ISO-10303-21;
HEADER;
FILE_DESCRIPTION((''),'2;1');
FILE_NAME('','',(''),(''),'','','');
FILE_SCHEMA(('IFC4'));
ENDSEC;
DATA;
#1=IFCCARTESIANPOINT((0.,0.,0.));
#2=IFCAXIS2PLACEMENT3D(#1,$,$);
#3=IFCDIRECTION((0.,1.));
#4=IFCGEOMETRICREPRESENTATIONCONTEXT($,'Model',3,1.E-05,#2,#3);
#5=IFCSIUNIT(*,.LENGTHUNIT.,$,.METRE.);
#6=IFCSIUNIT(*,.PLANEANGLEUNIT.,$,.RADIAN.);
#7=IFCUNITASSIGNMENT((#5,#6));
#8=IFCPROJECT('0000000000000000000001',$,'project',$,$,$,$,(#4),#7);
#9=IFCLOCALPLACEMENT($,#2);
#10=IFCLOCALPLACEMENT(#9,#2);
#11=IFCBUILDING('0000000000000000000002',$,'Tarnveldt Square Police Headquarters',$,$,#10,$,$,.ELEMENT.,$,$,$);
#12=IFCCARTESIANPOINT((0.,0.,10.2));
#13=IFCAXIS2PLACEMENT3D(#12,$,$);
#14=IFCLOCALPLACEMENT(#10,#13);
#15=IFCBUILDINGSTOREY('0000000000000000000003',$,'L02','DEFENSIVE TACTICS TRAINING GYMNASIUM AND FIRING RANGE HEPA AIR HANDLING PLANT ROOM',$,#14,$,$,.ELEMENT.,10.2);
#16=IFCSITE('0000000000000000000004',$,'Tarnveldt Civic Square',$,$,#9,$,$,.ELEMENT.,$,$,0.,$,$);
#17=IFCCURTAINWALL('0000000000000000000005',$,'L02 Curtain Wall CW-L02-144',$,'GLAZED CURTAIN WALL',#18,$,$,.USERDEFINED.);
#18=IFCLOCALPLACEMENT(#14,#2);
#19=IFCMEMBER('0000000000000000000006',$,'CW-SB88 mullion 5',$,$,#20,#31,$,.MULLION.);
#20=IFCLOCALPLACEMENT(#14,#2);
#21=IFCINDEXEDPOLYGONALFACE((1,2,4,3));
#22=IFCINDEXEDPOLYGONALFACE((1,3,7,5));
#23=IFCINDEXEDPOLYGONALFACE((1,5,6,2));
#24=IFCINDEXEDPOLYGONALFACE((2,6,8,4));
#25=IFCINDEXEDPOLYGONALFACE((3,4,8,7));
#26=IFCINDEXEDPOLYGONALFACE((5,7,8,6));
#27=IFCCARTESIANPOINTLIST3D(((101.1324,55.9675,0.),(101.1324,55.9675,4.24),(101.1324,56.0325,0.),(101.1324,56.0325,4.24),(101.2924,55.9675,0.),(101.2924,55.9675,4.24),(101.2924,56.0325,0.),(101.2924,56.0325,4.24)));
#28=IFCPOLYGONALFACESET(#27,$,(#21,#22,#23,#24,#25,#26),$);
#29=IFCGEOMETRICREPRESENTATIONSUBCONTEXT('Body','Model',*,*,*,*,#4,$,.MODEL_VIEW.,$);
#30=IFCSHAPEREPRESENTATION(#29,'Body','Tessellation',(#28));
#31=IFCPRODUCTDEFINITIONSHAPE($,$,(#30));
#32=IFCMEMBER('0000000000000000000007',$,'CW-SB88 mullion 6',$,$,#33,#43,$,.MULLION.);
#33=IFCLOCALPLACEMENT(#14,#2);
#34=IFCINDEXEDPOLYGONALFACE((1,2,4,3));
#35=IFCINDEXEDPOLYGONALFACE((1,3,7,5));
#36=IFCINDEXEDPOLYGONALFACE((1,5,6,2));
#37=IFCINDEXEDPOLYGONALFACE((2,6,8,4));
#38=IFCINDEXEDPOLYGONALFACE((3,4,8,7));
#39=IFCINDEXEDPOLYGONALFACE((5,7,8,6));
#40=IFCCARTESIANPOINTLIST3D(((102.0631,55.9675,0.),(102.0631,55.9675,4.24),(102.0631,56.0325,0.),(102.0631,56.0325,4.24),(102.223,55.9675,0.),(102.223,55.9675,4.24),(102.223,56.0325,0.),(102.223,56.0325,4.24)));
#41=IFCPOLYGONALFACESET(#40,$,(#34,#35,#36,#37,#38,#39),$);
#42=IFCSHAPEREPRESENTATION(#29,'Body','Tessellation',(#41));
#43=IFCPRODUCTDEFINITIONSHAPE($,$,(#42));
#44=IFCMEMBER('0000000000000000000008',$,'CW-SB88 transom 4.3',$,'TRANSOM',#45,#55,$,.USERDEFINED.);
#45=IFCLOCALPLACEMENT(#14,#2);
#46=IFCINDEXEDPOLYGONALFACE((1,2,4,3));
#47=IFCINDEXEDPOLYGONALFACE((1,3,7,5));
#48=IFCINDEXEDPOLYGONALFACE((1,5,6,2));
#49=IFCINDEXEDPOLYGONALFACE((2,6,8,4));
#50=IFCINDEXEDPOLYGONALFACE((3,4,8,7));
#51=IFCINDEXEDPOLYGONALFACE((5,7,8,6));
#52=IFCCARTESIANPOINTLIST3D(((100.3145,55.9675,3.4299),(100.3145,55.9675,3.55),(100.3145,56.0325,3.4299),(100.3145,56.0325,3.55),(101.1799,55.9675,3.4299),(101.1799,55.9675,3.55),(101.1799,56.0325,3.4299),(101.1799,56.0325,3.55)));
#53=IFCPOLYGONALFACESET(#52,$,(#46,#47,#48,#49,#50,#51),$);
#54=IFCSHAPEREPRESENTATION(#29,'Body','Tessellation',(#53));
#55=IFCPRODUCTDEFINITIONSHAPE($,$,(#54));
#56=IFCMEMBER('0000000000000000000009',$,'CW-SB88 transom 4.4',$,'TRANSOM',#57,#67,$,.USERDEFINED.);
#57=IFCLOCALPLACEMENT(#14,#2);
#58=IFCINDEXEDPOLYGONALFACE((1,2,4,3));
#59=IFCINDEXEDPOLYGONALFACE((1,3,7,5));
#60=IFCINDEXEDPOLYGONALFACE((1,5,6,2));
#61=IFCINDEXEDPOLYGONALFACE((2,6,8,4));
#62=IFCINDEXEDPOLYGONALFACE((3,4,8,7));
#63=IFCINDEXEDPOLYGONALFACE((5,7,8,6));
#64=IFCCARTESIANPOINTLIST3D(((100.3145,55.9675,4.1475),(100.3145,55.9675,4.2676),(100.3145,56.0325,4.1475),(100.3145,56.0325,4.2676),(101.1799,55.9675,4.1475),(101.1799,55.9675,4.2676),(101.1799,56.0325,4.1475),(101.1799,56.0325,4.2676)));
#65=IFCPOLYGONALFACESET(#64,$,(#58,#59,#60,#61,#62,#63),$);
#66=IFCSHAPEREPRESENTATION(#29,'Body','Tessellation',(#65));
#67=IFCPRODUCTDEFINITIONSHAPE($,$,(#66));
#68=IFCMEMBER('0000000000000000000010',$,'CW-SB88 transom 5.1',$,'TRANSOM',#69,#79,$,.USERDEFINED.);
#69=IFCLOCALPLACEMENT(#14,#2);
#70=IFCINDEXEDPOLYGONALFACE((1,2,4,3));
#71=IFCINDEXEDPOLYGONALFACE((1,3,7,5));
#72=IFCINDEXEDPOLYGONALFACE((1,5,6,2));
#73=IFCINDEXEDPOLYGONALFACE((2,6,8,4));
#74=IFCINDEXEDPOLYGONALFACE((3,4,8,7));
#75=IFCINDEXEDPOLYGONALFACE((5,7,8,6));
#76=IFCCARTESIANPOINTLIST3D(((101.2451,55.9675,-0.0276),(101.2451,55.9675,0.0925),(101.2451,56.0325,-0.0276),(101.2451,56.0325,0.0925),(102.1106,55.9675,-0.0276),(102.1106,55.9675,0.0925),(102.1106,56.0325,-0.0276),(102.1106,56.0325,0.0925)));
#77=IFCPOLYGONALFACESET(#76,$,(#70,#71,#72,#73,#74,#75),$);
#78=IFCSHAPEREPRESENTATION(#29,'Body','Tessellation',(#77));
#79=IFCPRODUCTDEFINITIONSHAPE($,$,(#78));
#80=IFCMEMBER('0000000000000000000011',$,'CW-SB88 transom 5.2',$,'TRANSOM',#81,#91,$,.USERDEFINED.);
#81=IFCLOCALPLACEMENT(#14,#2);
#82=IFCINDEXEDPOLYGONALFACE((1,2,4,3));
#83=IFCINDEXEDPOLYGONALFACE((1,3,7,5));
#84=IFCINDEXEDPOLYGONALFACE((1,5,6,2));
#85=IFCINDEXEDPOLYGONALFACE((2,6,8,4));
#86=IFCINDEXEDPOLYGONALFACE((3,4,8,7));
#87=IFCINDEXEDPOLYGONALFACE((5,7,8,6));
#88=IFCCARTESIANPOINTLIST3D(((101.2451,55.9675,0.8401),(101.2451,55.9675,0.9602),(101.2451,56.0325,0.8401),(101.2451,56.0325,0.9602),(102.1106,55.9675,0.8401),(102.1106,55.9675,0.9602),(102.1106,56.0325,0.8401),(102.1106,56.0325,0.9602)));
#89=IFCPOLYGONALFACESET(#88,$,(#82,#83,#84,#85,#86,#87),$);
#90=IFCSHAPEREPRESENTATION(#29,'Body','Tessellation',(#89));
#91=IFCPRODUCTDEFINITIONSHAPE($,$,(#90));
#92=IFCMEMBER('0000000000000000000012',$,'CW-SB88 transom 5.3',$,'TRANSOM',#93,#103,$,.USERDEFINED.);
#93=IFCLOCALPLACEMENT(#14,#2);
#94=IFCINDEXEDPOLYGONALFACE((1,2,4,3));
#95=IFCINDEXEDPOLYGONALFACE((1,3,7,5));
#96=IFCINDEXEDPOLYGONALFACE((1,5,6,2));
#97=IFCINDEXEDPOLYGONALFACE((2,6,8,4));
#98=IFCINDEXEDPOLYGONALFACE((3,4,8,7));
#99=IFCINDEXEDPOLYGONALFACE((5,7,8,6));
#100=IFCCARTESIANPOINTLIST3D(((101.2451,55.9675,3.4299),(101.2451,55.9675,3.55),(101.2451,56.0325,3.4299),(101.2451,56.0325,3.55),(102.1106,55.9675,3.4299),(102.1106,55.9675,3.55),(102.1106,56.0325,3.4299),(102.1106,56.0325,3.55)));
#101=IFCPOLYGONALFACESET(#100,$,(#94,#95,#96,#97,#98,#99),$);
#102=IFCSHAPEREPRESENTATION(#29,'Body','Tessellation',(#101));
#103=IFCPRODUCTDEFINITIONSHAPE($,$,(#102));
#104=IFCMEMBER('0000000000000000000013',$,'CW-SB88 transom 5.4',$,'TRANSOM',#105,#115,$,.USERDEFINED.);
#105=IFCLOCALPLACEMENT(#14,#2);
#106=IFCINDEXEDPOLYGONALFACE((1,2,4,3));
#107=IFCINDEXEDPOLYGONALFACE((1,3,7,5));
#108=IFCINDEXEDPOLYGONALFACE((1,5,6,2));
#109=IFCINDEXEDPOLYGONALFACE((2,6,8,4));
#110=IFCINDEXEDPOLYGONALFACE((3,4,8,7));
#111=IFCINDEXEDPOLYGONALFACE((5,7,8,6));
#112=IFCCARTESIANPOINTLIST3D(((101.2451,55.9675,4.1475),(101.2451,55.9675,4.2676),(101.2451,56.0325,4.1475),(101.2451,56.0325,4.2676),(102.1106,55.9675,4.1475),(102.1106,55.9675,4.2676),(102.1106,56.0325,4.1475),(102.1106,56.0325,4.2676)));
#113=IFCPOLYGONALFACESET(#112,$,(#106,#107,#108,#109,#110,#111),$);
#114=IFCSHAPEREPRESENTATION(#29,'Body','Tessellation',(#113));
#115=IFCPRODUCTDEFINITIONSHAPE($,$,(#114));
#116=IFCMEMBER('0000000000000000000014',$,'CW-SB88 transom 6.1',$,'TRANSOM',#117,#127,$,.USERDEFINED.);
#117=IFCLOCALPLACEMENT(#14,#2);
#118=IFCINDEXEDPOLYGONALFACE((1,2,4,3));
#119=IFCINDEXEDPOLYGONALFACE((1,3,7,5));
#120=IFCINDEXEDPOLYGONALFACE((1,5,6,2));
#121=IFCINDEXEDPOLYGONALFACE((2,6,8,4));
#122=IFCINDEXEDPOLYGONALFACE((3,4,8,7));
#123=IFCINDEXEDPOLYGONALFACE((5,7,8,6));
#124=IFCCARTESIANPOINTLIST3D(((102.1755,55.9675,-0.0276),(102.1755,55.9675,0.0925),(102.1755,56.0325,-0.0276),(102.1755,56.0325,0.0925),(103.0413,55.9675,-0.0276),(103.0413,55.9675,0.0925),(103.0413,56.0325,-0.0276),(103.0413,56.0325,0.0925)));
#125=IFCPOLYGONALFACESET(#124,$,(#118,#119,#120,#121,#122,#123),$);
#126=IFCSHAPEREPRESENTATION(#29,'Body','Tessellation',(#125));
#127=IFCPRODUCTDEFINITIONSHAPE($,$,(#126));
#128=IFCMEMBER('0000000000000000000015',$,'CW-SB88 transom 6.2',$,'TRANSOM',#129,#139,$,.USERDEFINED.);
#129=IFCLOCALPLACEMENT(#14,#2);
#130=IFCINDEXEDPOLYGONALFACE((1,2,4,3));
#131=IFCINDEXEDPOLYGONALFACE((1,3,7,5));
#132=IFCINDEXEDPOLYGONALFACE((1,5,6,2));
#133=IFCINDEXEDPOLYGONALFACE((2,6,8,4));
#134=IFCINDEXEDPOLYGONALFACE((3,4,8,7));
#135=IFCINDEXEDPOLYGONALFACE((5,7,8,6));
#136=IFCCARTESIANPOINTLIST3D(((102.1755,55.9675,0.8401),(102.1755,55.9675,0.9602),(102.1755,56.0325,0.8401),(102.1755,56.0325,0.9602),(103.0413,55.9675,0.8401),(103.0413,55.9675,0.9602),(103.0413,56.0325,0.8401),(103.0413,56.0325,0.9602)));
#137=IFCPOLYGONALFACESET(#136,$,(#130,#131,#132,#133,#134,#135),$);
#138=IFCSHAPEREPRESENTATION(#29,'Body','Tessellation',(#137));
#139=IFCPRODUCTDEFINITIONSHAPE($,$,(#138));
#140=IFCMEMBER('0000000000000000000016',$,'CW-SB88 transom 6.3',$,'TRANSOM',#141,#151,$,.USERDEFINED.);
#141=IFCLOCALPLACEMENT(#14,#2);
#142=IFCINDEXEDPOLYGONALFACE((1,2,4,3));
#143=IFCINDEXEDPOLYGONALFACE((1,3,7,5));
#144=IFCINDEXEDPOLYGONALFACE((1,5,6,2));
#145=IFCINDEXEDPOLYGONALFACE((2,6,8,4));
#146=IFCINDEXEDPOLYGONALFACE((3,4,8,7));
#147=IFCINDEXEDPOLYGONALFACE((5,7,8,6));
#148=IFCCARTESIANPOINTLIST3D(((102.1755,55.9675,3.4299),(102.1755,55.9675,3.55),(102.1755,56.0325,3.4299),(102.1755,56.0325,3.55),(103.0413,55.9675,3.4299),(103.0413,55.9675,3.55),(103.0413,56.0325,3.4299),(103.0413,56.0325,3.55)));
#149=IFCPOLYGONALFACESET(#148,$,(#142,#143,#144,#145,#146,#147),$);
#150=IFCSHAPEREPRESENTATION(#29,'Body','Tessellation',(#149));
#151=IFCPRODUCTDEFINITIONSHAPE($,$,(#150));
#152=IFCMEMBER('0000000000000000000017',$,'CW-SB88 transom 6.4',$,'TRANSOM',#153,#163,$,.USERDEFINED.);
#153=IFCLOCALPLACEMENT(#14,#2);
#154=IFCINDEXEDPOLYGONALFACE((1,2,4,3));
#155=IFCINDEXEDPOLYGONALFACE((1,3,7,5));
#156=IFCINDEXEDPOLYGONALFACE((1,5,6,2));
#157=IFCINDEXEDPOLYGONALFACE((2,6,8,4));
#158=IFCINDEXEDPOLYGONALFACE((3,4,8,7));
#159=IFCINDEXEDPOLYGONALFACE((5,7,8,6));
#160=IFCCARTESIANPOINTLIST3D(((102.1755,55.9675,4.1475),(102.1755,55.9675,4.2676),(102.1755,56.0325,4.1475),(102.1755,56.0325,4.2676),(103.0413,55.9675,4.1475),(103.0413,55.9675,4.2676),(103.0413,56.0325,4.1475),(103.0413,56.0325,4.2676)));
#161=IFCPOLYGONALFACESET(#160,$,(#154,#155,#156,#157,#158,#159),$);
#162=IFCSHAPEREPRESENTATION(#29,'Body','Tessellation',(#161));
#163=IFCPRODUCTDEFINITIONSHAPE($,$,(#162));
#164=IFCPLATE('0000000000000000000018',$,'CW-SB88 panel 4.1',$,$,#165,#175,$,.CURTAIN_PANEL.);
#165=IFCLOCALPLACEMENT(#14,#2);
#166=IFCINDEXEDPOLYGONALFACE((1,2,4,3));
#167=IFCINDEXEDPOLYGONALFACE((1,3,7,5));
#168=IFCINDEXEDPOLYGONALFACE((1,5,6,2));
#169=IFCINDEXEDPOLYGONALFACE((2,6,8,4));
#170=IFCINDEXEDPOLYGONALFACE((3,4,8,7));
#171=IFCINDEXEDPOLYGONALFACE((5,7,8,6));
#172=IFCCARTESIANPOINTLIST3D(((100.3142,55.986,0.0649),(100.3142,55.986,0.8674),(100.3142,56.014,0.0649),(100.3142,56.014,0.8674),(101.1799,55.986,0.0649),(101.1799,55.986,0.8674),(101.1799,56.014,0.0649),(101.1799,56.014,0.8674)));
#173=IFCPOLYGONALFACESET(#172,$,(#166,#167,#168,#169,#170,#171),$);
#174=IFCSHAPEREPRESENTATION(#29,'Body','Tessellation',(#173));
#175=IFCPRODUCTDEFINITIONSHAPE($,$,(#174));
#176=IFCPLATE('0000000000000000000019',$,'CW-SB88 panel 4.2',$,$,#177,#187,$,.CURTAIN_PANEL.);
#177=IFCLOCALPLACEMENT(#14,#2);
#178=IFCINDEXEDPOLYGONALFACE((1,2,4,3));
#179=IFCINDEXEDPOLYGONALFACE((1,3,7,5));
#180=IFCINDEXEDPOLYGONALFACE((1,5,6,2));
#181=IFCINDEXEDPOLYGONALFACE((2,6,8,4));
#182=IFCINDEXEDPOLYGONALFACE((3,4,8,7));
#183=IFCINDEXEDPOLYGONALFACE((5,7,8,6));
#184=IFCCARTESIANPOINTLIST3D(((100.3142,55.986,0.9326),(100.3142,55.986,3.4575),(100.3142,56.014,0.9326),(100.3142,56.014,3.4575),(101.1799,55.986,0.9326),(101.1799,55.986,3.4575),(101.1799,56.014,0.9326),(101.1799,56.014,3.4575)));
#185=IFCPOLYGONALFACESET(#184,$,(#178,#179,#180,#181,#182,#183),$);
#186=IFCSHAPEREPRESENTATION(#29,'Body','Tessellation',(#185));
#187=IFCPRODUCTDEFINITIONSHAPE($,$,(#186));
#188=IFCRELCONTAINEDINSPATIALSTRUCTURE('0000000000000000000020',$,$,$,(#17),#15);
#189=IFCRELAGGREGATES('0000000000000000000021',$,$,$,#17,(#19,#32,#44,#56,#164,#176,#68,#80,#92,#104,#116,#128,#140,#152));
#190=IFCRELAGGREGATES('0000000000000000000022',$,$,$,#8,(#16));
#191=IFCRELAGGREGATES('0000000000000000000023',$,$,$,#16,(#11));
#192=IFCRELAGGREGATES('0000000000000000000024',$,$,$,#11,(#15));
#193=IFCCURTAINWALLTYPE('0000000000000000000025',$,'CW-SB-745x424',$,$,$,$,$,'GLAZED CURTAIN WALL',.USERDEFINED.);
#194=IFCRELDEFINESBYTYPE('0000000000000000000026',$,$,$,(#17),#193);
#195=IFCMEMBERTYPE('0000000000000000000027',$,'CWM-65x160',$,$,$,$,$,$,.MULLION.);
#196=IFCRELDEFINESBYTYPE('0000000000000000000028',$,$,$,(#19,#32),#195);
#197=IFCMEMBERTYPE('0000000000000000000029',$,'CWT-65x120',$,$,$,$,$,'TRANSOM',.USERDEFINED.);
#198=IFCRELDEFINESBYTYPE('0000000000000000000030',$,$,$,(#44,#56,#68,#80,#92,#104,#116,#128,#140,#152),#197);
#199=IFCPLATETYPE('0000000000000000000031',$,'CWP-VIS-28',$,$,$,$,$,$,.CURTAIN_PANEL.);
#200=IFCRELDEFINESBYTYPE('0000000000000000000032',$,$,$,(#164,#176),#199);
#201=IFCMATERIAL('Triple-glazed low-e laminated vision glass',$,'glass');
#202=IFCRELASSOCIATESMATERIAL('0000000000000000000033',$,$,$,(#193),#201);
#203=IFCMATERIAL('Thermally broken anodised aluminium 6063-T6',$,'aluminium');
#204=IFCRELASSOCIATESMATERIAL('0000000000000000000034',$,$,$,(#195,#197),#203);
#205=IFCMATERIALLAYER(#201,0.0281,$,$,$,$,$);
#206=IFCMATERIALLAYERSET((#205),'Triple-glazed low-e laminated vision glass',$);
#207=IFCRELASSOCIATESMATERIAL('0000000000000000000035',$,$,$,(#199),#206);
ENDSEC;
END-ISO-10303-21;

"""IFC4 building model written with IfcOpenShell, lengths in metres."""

from ifc_helpers import new_model, si_unit, direction, frame, origin, origin_2d, place, context, subcontext, project, spatial, rectangle, extrude, material, layer, layer_set, material_profile, profile_set, type_object, element, aggregate, save


model = new_model("IFC4")

# Units and contexts
model_context = context("Model", 3, precision=1e-05, world=origin(), true_north=direction((0.0, 1.0)))
body_context = subcontext(model_context, "Body", "Model", "MODEL_VIEW")
ifc_project = project(units=[si_unit("LENGTHUNIT", "METRE"), si_unit("PLANEANGLEUNIT", "RADIAN")], contexts=[model_context])

# Site, building, storey
site_placement = place(None, origin())
site = spatial("IfcSite", under=ifc_project, at=site_placement, Name="Tarnveldt Civic Square", CompositionType="ELEMENT", RefElevation=0.0)
building_placement = place(site_placement, origin())
building = spatial("IfcBuilding", under=site, at=building_placement, Name="Tarnveldt Square Police Headquarters", CompositionType="ELEMENT")
storey_placement = place(building_placement, frame((0.0, 0.0, 10.2)))
storey = spatial("IfcBuildingStorey", under=building, at=storey_placement, Name="L02", Description="DEFENSIVE TACTICS TRAINING GYMNASIUM AND FIRING RANGE HEPA AIR HANDLING PLANT ROOM", CompositionType="ELEMENT", Elevation=10.2)

# Curtain wall, members, plates
ifc_material_1 = material(Name="Triple-glazed low-e laminated vision glass", Category="glass")
curtain_wall_type = type_object("IfcCurtainWallType", Name="CW-SB-745x424", ElementType="GLAZED CURTAIN WALL", PredefinedType="USERDEFINED", material=ifc_material_1)
curtain_wall_placement = place(storey_placement, origin())
curtain_wall = element("IfcCurtainWall", 1, at=curtain_wall_placement, inside=storey, type_object=curtain_wall_type, Name="L02 Curtain Wall CW-L02-144", ObjectType="GLAZED CURTAIN WALL", PredefinedType="USERDEFINED")
ifc_material_2 = material(Name="Thermally broken anodised aluminium 6063-T6", Category="aluminium")
ifc_material_profile_1 = material_profile(ifc_material_2, rectangle(XDim=0.0649, YDim=0.1599, at=origin_2d()), Name="CW-M65x160")
ifc_profile_set_1 = profile_set([ifc_material_profile_1], Name="Thermally broken anodised aluminium 6063-T6")
member_type_1 = type_object("IfcMemberType", Name="CWM-65x160", PredefinedType="MULLION", material=ifc_profile_set_1)
member_1_placement = place(storey_placement, frame((101.2124, 56.0, 0.0), z_axis=(0.0, 0.0, 1.0), x_axis=(0.0, 1.0, 0.0)))
member_1 = element("IfcMember", 2, at=member_1_placement, type_object=member_type_1, Name="CW-SB88 mullion 5", PredefinedType="MULLION", context=body_context, shape_type="SweptSolid", body=[
    extrude(rectangle(XDim=0.0649, YDim=0.1599, at=origin_2d()), origin(), (0.0, 0.0, 1.0), 4.24),
])
member_2_placement = place(storey_placement, frame((102.1431, 56.0, 0.0), z_axis=(0.0, 0.0, 1.0), x_axis=(0.0, 1.0, 0.0)))
member_2 = element("IfcMember", 3, at=member_2_placement, type_object=member_type_1, Name="CW-SB88 mullion 6", PredefinedType="MULLION", context=body_context, shape_type="SweptSolid", body=[
    extrude(rectangle(XDim=0.0649, YDim=0.1599, at=origin_2d()), origin(), (0.0, 0.0, 1.0), 4.24),
])
ifc_material_profile_2 = material_profile(ifc_material_2, rectangle(XDim=0.0649, YDim=0.1201, at=origin_2d()), Name="CW-T65x120")
ifc_profile_set_2 = profile_set([ifc_material_profile_2], Name="Thermally broken anodised aluminium 6063-T6")
member_type_2 = type_object("IfcMemberType", Name="CWT-65x120", ElementType="TRANSOM", PredefinedType="USERDEFINED", material=ifc_profile_set_2)
member_3_placement = place(storey_placement, frame((100.3145, 56.0, 3.49), z_axis=(1.0, 0.0, 0.0), x_axis=(0.0, 1.0, 0.0)))
member_3 = element("IfcMember", 4, at=member_3_placement, type_object=member_type_2, Name="CW-SB88 transom 4.3", ObjectType="TRANSOM", PredefinedType="USERDEFINED", context=body_context, shape_type="SweptSolid", body=[
    extrude(rectangle(XDim=0.0649, YDim=0.1201, at=origin_2d()), origin(), (0.0, 0.0, 1.0), 0.8655),
])
member_4_placement = place(storey_placement, frame((100.3145, 56.0, 4.2075), z_axis=(1.0, 0.0, 0.0), x_axis=(0.0, 1.0, 0.0)))
member_4 = element("IfcMember", 5, at=member_4_placement, type_object=member_type_2, Name="CW-SB88 transom 4.4", ObjectType="TRANSOM", PredefinedType="USERDEFINED", context=body_context, shape_type="SweptSolid", body=[
    extrude(rectangle(XDim=0.0649, YDim=0.1201, at=origin_2d()), origin(), (0.0, 0.0, 1.0), 0.8655),
])
member_5_placement = place(storey_placement, frame((101.2451, 56.0, 0.0325), z_axis=(1.0, 0.0, 0.0), x_axis=(0.0, 1.0, 0.0)))
member_5 = element("IfcMember", 6, at=member_5_placement, type_object=member_type_2, Name="CW-SB88 transom 5.1", ObjectType="TRANSOM", PredefinedType="USERDEFINED", context=body_context, shape_type="SweptSolid", body=[
    extrude(rectangle(XDim=0.0649, YDim=0.1201, at=origin_2d()), origin(), (0.0, 0.0, 1.0), 0.8655),
])
member_6_placement = place(storey_placement, frame((101.2451, 56.0, 0.9001), z_axis=(1.0, 0.0, 0.0), x_axis=(0.0, 1.0, 0.0)))
member_6 = element("IfcMember", 7, at=member_6_placement, type_object=member_type_2, Name="CW-SB88 transom 5.2", ObjectType="TRANSOM", PredefinedType="USERDEFINED", context=body_context, shape_type="SweptSolid", body=[
    extrude(rectangle(XDim=0.0649, YDim=0.1201, at=origin_2d()), origin(), (0.0, 0.0, 1.0), 0.8655),
])
member_7_placement = place(storey_placement, frame((101.2451, 56.0, 3.49), z_axis=(1.0, 0.0, 0.0), x_axis=(0.0, 1.0, 0.0)))
member_7 = element("IfcMember", 8, at=member_7_placement, type_object=member_type_2, Name="CW-SB88 transom 5.3", ObjectType="TRANSOM", PredefinedType="USERDEFINED", context=body_context, shape_type="SweptSolid", body=[
    extrude(rectangle(XDim=0.0649, YDim=0.1201, at=origin_2d()), origin(), (0.0, 0.0, 1.0), 0.8655),
])
member_8_placement = place(storey_placement, frame((101.2451, 56.0, 4.2075), z_axis=(1.0, 0.0, 0.0), x_axis=(0.0, 1.0, 0.0)))
member_8 = element("IfcMember", 9, at=member_8_placement, type_object=member_type_2, Name="CW-SB88 transom 5.4", ObjectType="TRANSOM", PredefinedType="USERDEFINED", context=body_context, shape_type="SweptSolid", body=[
    extrude(rectangle(XDim=0.0649, YDim=0.1201, at=origin_2d()), origin(), (0.0, 0.0, 1.0), 0.8655),
])
member_9_placement = place(storey_placement, frame((102.1755, 56.0, 0.0325), z_axis=(1.0, 0.0, 0.0), x_axis=(0.0, 1.0, 0.0)))
member_9 = element("IfcMember", 10, at=member_9_placement, type_object=member_type_2, Name="CW-SB88 transom 6.1", ObjectType="TRANSOM", PredefinedType="USERDEFINED", context=body_context, shape_type="SweptSolid", body=[
    extrude(rectangle(XDim=0.0649, YDim=0.1201, at=origin_2d()), origin(), (0.0, 0.0, 1.0), 0.8657),
])
member_10_placement = place(storey_placement, frame((102.1755, 56.0, 0.9001), z_axis=(1.0, 0.0, 0.0), x_axis=(0.0, 1.0, 0.0)))
member_10 = element("IfcMember", 11, at=member_10_placement, type_object=member_type_2, Name="CW-SB88 transom 6.2", ObjectType="TRANSOM", PredefinedType="USERDEFINED", context=body_context, shape_type="SweptSolid", body=[
    extrude(rectangle(XDim=0.0649, YDim=0.1201, at=origin_2d()), origin(), (0.0, 0.0, 1.0), 0.8657),
])
member_11_placement = place(storey_placement, frame((102.1755, 56.0, 3.49), z_axis=(1.0, 0.0, 0.0), x_axis=(0.0, 1.0, 0.0)))
member_11 = element("IfcMember", 12, at=member_11_placement, type_object=member_type_2, Name="CW-SB88 transom 6.3", ObjectType="TRANSOM", PredefinedType="USERDEFINED", context=body_context, shape_type="SweptSolid", body=[
    extrude(rectangle(XDim=0.0649, YDim=0.1201, at=origin_2d()), origin(), (0.0, 0.0, 1.0), 0.8657),
])
member_12_placement = place(storey_placement, frame((102.1755, 56.0, 4.2075), z_axis=(1.0, 0.0, 0.0), x_axis=(0.0, 1.0, 0.0)))
member_12 = element("IfcMember", 13, at=member_12_placement, type_object=member_type_2, Name="CW-SB88 transom 6.4", ObjectType="TRANSOM", PredefinedType="USERDEFINED", context=body_context, shape_type="SweptSolid", body=[
    extrude(rectangle(XDim=0.0649, YDim=0.1201, at=origin_2d()), origin(), (0.0, 0.0, 1.0), 0.8657),
])
ifc_layer = layer(ifc_material_1, 0.0281)
ifc_layer_set = layer_set([ifc_layer], Name="Triple-glazed low-e laminated vision glass")
plate_type = type_object("IfcPlateType", Name="CWP-VIS-28", PredefinedType="CURTAIN_PANEL", material=ifc_layer_set)
plate_1_placement = place(storey_placement, frame((100.7471, 56.0, 0.0649), z_axis=(0.0, 0.0, 1.0), x_axis=(1.0, 0.0, 0.0)))
plate_1 = element("IfcPlate", 14, at=plate_1_placement, type_object=plate_type, Name="CW-SB88 panel 4.1", PredefinedType="CURTAIN_PANEL", context=body_context, shape_type="SweptSolid", body=[
    extrude(rectangle(XDim=0.8657, YDim=0.0281, at=origin_2d()), origin(), (0.0, 0.0, 1.0), 0.8025),
])
plate_2_placement = place(storey_placement, frame((100.7471, 56.0, 0.9326), z_axis=(0.0, 0.0, 1.0), x_axis=(1.0, 0.0, 0.0)))
plate_2 = element("IfcPlate", 15, at=plate_2_placement, type_object=plate_type, Name="CW-SB88 panel 4.2", PredefinedType="CURTAIN_PANEL", context=body_context, shape_type="SweptSolid", body=[
    extrude(rectangle(XDim=0.8657, YDim=0.0281, at=origin_2d()), origin(), (0.0, 0.0, 1.0), 2.5249),
])
aggregate(curtain_wall, [member_1, member_2, member_3, member_4, plate_1, plate_2, member_5, member_6, member_7, member_8, member_9, member_10, member_11, member_12])

save(model, "model.ifc")
